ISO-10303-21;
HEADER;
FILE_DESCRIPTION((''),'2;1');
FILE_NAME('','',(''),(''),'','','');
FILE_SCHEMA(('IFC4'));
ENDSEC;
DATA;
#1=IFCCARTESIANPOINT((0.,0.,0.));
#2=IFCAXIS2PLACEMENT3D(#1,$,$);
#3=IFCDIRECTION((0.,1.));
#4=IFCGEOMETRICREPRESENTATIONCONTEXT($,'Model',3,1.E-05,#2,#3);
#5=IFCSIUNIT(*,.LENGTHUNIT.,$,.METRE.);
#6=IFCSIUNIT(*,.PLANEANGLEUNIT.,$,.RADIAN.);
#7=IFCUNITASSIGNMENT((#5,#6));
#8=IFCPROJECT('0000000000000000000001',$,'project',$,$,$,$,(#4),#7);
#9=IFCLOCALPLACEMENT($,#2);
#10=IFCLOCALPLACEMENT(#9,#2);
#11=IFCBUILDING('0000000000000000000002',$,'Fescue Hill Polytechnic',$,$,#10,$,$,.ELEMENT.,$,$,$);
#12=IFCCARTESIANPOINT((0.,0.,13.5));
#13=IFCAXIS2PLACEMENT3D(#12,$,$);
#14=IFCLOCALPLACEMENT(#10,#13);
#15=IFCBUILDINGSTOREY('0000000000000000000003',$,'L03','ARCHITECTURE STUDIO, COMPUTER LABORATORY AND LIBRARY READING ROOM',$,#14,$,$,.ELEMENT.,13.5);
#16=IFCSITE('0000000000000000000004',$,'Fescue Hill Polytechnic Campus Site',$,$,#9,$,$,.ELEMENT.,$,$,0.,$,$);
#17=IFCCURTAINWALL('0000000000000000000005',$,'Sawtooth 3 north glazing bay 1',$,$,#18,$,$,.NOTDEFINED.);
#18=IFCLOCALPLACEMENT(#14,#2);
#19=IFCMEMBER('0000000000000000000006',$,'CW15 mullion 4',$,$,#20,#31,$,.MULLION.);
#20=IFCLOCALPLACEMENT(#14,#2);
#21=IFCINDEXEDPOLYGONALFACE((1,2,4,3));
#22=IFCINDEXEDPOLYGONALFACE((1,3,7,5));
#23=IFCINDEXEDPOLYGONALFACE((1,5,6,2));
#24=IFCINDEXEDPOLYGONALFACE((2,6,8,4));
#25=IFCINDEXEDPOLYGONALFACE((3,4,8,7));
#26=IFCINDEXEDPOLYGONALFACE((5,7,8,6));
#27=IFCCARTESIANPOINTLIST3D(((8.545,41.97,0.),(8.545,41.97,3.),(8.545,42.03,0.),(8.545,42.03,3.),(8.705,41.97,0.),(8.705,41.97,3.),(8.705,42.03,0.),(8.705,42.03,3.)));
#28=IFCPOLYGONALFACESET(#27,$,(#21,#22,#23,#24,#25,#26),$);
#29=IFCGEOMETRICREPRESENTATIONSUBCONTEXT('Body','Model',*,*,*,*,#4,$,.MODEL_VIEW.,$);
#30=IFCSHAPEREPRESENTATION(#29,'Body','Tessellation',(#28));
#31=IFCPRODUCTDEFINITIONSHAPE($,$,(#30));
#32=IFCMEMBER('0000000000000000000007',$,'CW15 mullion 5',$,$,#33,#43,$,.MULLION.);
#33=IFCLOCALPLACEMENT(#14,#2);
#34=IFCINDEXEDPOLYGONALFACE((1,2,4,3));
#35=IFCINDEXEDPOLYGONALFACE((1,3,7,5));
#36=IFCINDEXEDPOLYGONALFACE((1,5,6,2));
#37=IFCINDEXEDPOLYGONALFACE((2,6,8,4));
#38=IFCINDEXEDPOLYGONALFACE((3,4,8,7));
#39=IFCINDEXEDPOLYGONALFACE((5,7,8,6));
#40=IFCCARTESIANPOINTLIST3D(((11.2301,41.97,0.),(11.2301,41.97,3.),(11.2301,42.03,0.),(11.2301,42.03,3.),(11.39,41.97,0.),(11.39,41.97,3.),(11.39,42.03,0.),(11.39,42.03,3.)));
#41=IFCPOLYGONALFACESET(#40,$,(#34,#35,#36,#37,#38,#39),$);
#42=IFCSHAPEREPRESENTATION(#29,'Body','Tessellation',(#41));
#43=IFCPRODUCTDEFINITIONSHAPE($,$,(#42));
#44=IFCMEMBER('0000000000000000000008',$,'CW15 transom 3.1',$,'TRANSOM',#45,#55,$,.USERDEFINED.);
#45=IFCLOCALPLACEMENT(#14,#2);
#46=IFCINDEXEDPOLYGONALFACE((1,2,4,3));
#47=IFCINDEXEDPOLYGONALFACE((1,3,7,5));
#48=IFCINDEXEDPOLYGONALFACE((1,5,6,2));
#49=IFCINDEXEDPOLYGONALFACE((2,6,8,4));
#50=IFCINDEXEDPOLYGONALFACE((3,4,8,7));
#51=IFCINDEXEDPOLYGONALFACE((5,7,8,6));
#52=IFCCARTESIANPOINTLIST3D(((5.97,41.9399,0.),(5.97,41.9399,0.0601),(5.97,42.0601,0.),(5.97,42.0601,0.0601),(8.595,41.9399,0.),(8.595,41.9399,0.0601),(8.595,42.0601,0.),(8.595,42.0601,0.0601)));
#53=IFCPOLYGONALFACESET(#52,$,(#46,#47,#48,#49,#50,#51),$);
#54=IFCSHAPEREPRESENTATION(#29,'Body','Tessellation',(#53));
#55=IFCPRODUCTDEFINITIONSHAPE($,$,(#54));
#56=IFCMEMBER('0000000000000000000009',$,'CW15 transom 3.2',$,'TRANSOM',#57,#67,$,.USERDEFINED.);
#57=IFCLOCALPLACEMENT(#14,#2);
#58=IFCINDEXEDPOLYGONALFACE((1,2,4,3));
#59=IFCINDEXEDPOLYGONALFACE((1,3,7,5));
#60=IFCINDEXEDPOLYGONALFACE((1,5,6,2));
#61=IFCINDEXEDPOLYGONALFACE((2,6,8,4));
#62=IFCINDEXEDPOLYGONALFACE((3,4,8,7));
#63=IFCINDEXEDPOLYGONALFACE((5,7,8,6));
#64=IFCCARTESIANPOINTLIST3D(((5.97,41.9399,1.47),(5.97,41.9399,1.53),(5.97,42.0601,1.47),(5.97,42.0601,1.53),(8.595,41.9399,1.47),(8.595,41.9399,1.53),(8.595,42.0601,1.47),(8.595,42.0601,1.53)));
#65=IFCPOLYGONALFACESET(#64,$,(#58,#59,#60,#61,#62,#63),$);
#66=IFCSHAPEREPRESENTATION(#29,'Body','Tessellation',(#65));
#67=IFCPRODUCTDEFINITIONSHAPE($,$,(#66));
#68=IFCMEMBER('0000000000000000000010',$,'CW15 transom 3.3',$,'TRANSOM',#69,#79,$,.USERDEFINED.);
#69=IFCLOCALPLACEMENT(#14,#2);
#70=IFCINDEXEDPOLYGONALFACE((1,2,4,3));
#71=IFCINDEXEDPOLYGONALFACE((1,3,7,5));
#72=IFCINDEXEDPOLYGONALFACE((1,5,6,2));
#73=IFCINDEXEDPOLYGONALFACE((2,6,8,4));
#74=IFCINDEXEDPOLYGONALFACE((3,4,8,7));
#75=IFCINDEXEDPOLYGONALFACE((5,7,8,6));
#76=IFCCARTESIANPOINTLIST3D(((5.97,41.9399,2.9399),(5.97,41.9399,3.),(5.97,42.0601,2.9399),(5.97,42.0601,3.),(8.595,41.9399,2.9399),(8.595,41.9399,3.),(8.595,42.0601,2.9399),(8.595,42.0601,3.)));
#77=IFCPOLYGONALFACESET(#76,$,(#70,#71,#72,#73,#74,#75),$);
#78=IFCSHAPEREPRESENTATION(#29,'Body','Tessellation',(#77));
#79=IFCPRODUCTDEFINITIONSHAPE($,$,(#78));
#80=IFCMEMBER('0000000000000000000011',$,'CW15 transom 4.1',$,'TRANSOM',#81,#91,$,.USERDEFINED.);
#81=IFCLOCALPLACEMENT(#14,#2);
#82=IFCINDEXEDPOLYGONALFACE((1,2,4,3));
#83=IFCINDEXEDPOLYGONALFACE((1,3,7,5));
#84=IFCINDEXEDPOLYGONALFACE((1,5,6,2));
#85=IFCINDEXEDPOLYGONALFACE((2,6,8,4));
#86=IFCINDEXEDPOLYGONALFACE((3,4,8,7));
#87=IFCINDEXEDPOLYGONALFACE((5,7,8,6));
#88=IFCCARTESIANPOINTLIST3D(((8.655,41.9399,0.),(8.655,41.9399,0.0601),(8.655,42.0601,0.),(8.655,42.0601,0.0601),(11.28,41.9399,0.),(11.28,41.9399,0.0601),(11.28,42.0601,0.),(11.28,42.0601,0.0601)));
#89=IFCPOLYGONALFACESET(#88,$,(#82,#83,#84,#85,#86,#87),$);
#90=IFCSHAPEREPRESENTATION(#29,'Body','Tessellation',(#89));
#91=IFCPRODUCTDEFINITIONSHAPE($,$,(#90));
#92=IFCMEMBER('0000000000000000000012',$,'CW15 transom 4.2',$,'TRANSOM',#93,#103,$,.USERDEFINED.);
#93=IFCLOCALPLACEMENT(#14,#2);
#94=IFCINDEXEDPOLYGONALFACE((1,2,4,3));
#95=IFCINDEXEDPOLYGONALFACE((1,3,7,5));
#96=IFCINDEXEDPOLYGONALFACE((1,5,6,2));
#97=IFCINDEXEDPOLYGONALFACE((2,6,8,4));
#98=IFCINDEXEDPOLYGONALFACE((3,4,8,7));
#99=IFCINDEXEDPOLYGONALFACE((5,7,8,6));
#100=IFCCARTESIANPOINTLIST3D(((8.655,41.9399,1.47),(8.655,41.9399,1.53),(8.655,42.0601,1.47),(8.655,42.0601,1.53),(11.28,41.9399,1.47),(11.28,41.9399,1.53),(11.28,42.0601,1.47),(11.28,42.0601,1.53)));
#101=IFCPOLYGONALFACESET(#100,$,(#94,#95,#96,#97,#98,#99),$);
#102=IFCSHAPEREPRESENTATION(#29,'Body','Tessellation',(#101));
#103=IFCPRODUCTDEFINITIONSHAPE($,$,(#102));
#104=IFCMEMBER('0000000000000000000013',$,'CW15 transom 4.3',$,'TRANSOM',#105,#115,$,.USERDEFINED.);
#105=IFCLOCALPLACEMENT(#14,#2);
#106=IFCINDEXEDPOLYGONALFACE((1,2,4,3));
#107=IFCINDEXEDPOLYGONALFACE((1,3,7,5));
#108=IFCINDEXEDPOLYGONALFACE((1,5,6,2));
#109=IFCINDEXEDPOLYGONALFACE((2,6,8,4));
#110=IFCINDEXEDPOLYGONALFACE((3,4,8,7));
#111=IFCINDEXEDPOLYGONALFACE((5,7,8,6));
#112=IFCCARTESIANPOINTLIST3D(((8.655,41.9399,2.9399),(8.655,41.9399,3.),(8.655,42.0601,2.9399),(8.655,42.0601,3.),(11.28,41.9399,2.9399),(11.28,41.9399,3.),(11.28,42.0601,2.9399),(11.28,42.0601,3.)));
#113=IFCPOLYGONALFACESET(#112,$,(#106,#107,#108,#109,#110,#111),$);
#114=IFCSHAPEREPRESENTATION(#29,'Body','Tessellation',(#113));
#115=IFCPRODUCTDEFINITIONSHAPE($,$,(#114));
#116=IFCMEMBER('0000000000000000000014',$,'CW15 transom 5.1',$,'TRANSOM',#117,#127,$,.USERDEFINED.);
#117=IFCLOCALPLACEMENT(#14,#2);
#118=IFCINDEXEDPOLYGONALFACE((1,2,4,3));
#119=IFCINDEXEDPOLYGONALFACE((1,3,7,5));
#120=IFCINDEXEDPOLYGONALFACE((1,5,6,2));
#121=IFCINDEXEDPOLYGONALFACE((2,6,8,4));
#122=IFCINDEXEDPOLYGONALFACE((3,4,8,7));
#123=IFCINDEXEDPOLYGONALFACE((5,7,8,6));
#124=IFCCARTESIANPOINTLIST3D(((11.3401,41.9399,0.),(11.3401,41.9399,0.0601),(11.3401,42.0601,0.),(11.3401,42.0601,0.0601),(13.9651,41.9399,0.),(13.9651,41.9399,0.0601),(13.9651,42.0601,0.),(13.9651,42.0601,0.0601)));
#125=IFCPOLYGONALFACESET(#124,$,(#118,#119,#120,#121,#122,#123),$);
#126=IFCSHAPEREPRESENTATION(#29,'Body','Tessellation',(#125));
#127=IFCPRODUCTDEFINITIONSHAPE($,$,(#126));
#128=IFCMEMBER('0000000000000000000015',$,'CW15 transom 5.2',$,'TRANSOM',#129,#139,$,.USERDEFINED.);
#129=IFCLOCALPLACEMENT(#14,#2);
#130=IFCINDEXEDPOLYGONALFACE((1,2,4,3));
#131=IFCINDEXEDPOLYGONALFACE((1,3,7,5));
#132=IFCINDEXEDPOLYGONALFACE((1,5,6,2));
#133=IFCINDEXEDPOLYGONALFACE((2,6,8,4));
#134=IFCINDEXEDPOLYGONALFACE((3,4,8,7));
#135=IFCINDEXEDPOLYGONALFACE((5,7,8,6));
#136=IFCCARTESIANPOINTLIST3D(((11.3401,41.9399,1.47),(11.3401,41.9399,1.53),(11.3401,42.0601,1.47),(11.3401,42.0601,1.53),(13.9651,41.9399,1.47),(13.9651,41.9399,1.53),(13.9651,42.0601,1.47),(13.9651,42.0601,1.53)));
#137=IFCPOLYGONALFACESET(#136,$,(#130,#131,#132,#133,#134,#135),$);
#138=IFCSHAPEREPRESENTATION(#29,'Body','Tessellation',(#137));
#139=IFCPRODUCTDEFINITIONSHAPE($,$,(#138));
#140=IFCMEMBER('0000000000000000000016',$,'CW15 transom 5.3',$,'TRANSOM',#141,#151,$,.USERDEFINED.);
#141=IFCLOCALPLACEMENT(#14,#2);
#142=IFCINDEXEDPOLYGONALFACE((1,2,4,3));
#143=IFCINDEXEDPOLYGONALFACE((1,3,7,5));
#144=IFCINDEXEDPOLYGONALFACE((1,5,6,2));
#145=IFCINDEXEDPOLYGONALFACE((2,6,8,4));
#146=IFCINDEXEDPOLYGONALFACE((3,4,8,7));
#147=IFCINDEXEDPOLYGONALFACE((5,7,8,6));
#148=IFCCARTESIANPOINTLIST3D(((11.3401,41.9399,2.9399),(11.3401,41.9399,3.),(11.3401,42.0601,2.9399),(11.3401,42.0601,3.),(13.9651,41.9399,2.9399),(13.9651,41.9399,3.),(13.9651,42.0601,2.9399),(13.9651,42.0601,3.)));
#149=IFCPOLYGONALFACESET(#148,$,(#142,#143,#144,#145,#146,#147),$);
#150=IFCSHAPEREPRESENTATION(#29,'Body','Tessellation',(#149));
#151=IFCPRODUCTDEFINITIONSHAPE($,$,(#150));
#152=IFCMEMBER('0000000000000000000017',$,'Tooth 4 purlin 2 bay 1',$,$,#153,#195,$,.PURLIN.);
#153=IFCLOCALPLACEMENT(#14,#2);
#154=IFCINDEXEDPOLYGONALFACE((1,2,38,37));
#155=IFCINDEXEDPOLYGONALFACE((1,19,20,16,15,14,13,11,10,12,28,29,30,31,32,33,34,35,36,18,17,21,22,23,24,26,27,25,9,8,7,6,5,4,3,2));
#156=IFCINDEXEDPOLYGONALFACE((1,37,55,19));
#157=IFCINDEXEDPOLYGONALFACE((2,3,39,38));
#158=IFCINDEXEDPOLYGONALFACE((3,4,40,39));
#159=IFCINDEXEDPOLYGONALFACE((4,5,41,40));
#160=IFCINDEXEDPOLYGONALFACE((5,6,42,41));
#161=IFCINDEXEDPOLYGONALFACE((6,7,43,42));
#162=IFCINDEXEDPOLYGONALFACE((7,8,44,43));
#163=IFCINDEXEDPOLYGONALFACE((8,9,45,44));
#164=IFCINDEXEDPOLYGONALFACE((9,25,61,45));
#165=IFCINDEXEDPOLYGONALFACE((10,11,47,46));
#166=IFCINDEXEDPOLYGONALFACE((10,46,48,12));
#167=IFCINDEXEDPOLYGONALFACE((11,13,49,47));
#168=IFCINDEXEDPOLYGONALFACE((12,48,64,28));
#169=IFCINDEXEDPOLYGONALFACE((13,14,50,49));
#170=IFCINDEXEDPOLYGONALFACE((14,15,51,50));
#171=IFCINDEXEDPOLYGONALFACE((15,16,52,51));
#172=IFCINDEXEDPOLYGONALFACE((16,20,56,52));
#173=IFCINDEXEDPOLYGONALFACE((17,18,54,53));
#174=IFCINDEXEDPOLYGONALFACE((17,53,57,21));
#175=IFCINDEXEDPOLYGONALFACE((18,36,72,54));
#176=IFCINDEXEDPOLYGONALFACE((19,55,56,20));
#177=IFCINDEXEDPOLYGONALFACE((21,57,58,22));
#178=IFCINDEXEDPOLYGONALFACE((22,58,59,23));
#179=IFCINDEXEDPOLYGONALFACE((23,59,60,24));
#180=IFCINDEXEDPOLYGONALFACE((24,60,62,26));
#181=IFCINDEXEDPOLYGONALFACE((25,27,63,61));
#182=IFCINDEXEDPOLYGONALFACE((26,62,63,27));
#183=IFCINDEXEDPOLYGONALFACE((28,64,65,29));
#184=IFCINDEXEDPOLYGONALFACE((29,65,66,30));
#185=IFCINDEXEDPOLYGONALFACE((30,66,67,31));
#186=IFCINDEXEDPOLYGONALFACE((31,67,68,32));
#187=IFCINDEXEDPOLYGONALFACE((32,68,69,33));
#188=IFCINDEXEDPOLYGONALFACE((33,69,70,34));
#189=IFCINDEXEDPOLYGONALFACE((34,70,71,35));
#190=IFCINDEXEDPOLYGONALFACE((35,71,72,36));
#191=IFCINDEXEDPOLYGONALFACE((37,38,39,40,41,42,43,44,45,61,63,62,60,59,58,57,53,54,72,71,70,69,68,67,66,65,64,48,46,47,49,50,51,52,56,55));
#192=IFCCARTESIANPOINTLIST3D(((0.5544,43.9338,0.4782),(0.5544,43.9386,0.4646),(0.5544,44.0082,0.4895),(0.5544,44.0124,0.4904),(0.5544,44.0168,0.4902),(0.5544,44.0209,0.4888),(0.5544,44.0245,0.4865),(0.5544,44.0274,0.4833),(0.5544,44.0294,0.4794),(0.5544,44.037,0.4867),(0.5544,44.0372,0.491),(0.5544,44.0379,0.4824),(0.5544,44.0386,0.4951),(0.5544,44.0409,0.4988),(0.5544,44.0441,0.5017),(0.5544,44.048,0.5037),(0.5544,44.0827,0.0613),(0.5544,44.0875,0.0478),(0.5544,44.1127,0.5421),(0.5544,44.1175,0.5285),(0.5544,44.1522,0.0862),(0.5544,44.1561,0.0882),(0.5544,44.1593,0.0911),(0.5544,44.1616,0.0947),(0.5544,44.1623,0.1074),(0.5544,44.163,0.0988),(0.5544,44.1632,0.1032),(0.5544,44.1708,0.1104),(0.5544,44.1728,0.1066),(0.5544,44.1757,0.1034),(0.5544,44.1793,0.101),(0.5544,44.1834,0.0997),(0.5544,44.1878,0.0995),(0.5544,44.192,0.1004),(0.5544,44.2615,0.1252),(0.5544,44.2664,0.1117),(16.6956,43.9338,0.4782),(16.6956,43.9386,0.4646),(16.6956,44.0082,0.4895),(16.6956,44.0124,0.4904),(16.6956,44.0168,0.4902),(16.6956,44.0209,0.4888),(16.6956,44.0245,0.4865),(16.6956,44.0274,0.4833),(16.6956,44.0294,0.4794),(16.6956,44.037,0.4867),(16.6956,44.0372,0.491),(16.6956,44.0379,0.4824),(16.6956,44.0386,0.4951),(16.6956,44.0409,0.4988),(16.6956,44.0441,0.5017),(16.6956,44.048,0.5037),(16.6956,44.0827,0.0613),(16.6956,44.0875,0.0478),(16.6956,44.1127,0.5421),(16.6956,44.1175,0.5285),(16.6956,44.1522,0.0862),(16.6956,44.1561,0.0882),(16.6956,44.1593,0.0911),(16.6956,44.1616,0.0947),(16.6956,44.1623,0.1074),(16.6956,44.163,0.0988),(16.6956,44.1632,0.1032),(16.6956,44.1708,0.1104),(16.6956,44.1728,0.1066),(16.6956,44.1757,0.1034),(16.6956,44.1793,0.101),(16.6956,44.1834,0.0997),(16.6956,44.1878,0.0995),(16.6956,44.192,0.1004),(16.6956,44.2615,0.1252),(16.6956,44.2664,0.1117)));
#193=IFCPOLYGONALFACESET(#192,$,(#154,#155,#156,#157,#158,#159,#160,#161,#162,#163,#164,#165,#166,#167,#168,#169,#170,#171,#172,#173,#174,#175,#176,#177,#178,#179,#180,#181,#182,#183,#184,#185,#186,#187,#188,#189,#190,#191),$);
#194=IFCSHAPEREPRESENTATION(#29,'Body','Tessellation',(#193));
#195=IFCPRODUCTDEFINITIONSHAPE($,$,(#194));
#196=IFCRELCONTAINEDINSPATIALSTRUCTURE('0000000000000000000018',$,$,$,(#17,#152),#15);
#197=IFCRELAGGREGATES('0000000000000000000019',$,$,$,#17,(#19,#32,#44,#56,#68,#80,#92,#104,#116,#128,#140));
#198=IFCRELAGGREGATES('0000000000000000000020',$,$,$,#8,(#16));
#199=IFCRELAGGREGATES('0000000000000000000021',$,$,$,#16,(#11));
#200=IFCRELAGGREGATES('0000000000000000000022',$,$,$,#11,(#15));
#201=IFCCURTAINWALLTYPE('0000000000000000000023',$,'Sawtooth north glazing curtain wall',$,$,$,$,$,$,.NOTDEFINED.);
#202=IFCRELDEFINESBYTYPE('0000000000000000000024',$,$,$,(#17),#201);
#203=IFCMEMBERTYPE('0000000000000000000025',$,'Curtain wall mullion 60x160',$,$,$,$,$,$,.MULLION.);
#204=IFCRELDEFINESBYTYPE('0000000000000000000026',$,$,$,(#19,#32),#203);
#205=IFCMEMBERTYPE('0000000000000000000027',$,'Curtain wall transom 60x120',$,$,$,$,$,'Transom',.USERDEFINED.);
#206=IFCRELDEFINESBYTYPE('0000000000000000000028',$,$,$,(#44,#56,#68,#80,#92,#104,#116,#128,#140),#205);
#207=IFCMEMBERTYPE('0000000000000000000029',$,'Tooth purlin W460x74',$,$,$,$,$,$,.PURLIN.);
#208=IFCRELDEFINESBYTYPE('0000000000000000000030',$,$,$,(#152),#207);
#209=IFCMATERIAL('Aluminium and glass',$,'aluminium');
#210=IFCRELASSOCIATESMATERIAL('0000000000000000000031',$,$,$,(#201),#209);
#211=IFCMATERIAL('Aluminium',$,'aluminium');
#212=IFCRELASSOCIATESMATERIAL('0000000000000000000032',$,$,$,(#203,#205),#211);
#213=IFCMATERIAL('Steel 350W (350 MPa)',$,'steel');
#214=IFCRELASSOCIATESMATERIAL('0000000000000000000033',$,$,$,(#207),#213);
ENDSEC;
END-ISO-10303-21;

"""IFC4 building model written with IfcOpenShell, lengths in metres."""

from ifc_helpers import new_model, si_unit, direction, frame, origin, origin_2d, place, context, subcontext, project, spatial, rectangle, i_section, extrude, material, material_profile, profile_set, type_object, element, aggregate, save


model = new_model("IFC4")

# Units and contexts
model_context = context("Model", 3, precision=1e-05, world=origin(), true_north=direction((0.0, 1.0)))
body_context = subcontext(model_context, "Body", "Model", "MODEL_VIEW")
ifc_project = project(units=[si_unit("LENGTHUNIT", "METRE"), si_unit("PLANEANGLEUNIT", "RADIAN")], contexts=[model_context])

# Site, building, storey
site_placement = place(None, origin())
site = spatial("IfcSite", under=ifc_project, at=site_placement, Name="Fescue Hill Polytechnic Campus Site", CompositionType="ELEMENT", RefElevation=0.0)
building_placement = place(site_placement, origin())
building = spatial("IfcBuilding", under=site, at=building_placement, Name="Fescue Hill Polytechnic", CompositionType="ELEMENT")
storey_placement = place(building_placement, frame((0.0, 0.0, 13.5)))
storey = spatial("IfcBuildingStorey", under=building, at=storey_placement, Name="L03", Description="ARCHITECTURE STUDIO, COMPUTER LABORATORY AND LIBRARY READING ROOM", CompositionType="ELEMENT", Elevation=13.5)

# Curtain wall, members
ifc_material_1 = material(Name="Aluminium and glass", Category="aluminium")
curtain_wall_type = type_object("IfcCurtainWallType", Name="Sawtooth north glazing curtain wall", PredefinedType="NOTDEFINED", material=ifc_material_1)
curtain_wall_placement = place(storey_placement, origin())
curtain_wall = element("IfcCurtainWall", 1, at=curtain_wall_placement, inside=storey, type_object=curtain_wall_type, Name="Sawtooth 3 north glazing bay 1", PredefinedType="NOTDEFINED")
ifc_material_2 = material(Name="Aluminium", Category="aluminium")
ifc_material_profile_1 = material_profile(ifc_material_2, rectangle(XDim=0.0601, YDim=0.1599, at=origin_2d()), Name="Curtain wall mullion 60x160")
ifc_profile_set_1 = profile_set([ifc_material_profile_1], Name="Aluminium")
member_type_1 = type_object("IfcMemberType", Name="Curtain wall mullion 60x160", PredefinedType="MULLION", material=ifc_profile_set_1)
member_1_placement = place(storey_placement, frame((8.625, 42.0, 0.0), z_axis=(0.0, 0.0, 1.0), x_axis=(0.0, 1.0, 0.0)))
member_1 = element("IfcMember", 2, at=member_1_placement, type_object=member_type_1, Name="CW15 mullion 4", PredefinedType="MULLION", context=body_context, shape_type="SweptSolid", body=[
    extrude(rectangle(XDim=0.0601, YDim=0.1599, at=origin_2d()), origin(), (0.0, 0.0, 1.0), 3.0),
])
member_2_placement = place(storey_placement, frame((11.3101, 42.0, 0.0), z_axis=(0.0, 0.0, 1.0), x_axis=(0.0, 1.0, 0.0)))
member_2 = element("IfcMember", 3, at=member_2_placement, type_object=member_type_1, Name="CW15 mullion 5", PredefinedType="MULLION", context=body_context, shape_type="SweptSolid", body=[
    extrude(rectangle(XDim=0.0601, YDim=0.1599, at=origin_2d()), origin(), (0.0, 0.0, 1.0), 3.0),
])
ifc_material_profile_2 = material_profile(ifc_material_2, rectangle(XDim=0.1201, YDim=0.0601, at=origin_2d()), Name="Curtain wall transom 60x120")
ifc_profile_set_2 = profile_set([ifc_material_profile_2], Name="Aluminium")
member_type_2 = type_object("IfcMemberType", Name="Curtain wall transom 60x120", ElementType="Transom", PredefinedType="USERDEFINED", material=ifc_profile_set_2)
member_3_placement = place(storey_placement, frame((5.97, 42.0, 0.03), z_axis=(1.0, 0.0, 0.0), x_axis=(0.0, 1.0, 0.0)))
member_3 = element("IfcMember", 4, at=member_3_placement, type_object=member_type_2, Name="CW15 transom 3.1", ObjectType="TRANSOM", PredefinedType="USERDEFINED", context=body_context, shape_type="SweptSolid", body=[
    extrude(rectangle(XDim=0.1201, YDim=0.0601, at=origin_2d()), origin(), (0.0, 0.0, 1.0), 2.625),
])
member_4_placement = place(storey_placement, frame((5.97, 42.0, 1.5), z_axis=(1.0, 0.0, 0.0), x_axis=(0.0, 1.0, 0.0)))
member_4 = element("IfcMember", 5, at=member_4_placement, type_object=member_type_2, Name="CW15 transom 3.2", ObjectType="TRANSOM", PredefinedType="USERDEFINED", context=body_context, shape_type="SweptSolid", body=[
    extrude(rectangle(XDim=0.1201, YDim=0.0601, at=origin_2d()), origin(), (0.0, 0.0, 1.0), 2.625),
])
member_5_placement = place(storey_placement, frame((5.97, 42.0, 2.97), z_axis=(1.0, 0.0, 0.0), x_axis=(0.0, 1.0, 0.0)))
member_5 = element("IfcMember", 6, at=member_5_placement, type_object=member_type_2, Name="CW15 transom 3.3", ObjectType="TRANSOM", PredefinedType="USERDEFINED", context=body_context, shape_type="SweptSolid", body=[
    extrude(rectangle(XDim=0.1201, YDim=0.0601, at=origin_2d()), origin(), (0.0, 0.0, 1.0), 2.625),
])
member_6_placement = place(storey_placement, frame((8.655, 42.0, 0.03), z_axis=(1.0, 0.0, 0.0), x_axis=(0.0, 1.0, 0.0)))
member_6 = element("IfcMember", 7, at=member_6_placement, type_object=member_type_2, Name="CW15 transom 4.1", ObjectType="TRANSOM", PredefinedType="USERDEFINED", context=body_context, shape_type="SweptSolid", body=[
    extrude(rectangle(XDim=0.1201, YDim=0.0601, at=origin_2d()), origin(), (0.0, 0.0, 1.0), 2.625),
])
member_7_placement = place(storey_placement, frame((8.655, 42.0, 1.5), z_axis=(1.0, 0.0, 0.0), x_axis=(0.0, 1.0, 0.0)))
member_7 = element("IfcMember", 8, at=member_7_placement, type_object=member_type_2, Name="CW15 transom 4.2", ObjectType="TRANSOM", PredefinedType="USERDEFINED", context=body_context, shape_type="SweptSolid", body=[
    extrude(rectangle(XDim=0.1201, YDim=0.0601, at=origin_2d()), origin(), (0.0, 0.0, 1.0), 2.625),
])
member_8_placement = place(storey_placement, frame((8.655, 42.0, 2.97), z_axis=(1.0, 0.0, 0.0), x_axis=(0.0, 1.0, 0.0)))
member_8 = element("IfcMember", 9, at=member_8_placement, type_object=member_type_2, Name="CW15 transom 4.3", ObjectType="TRANSOM", PredefinedType="USERDEFINED", context=body_context, shape_type="SweptSolid", body=[
    extrude(rectangle(XDim=0.1201, YDim=0.0601, at=origin_2d()), origin(), (0.0, 0.0, 1.0), 2.625),
])
member_9_placement = place(storey_placement, frame((11.3401, 42.0, 0.03), z_axis=(1.0, 0.0, 0.0), x_axis=(0.0, 1.0, 0.0)))
member_9 = element("IfcMember", 10, at=member_9_placement, type_object=member_type_2, Name="CW15 transom 5.1", ObjectType="TRANSOM", PredefinedType="USERDEFINED", context=body_context, shape_type="SweptSolid", body=[
    extrude(rectangle(XDim=0.1201, YDim=0.0601, at=origin_2d()), origin(), (0.0, 0.0, 1.0), 2.625),
])
member_10_placement = place(storey_placement, frame((11.3401, 42.0, 1.5), z_axis=(1.0, 0.0, 0.0), x_axis=(0.0, 1.0, 0.0)))
member_10 = element("IfcMember", 11, at=member_10_placement, type_object=member_type_2, Name="CW15 transom 5.2", ObjectType="TRANSOM", PredefinedType="USERDEFINED", context=body_context, shape_type="SweptSolid", body=[
    extrude(rectangle(XDim=0.1201, YDim=0.0601, at=origin_2d()), origin(), (0.0, 0.0, 1.0), 2.625),
])
member_11_placement = place(storey_placement, frame((11.3401, 42.0, 2.97), z_axis=(1.0, 0.0, 0.0), x_axis=(0.0, 1.0, 0.0)))
member_11 = element("IfcMember", 12, at=member_11_placement, type_object=member_type_2, Name="CW15 transom 5.3", ObjectType="TRANSOM", PredefinedType="USERDEFINED", context=body_context, shape_type="SweptSolid", body=[
    extrude(rectangle(XDim=0.1201, YDim=0.0601, at=origin_2d()), origin(), (0.0, 0.0, 1.0), 2.625),
])

# Member
ifc_material_3 = material(Name="Steel 350W (350 MPa)", Category="steel")
ifc_material_profile_3 = material_profile(ifc_material_3, i_section(OverallWidth=0.1899, OverallDepth=0.457, WebThickness=0.009, FlangeThickness=0.0144, FilletRadius=0.0166, at=origin_2d()), Name="W460x74")
ifc_profile_set_3 = profile_set([ifc_material_profile_3], Name="Steel 350W (350 MPa)")
member_type_3 = type_object("IfcMemberType", Name="Tooth purlin W460x74", PredefinedType="PURLIN", material=ifc_profile_set_3)
for number, where, z_axis, x_axis, name in (
    (13, (0.5544, 44.1001, 0.2949), (1.0, 0.0, 0.0), (0.0, 0.941742, 0.336336), "Tooth 4 purlin 2 bay 1"),
):
    element("IfcMember", number, at=place(storey_placement, frame(where, z_axis=z_axis, x_axis=x_axis)), inside=storey, type_object=member_type_3, Name=name, PredefinedType="PURLIN", context=body_context, shape_type="SweptSolid", body=[
        extrude(i_section(OverallWidth=0.1899, OverallDepth=0.457, WebThickness=0.009, FlangeThickness=0.0144, FilletRadius=0.0166, at=origin_2d()), origin(), (0.0, 0.0, 1.0), 16.1411),
    ])

aggregate(curtain_wall, [member_1, member_2, member_3, member_4, member_5, member_6, member_7, member_8, member_9, member_10, member_11])

save(model, "model.ifc")
